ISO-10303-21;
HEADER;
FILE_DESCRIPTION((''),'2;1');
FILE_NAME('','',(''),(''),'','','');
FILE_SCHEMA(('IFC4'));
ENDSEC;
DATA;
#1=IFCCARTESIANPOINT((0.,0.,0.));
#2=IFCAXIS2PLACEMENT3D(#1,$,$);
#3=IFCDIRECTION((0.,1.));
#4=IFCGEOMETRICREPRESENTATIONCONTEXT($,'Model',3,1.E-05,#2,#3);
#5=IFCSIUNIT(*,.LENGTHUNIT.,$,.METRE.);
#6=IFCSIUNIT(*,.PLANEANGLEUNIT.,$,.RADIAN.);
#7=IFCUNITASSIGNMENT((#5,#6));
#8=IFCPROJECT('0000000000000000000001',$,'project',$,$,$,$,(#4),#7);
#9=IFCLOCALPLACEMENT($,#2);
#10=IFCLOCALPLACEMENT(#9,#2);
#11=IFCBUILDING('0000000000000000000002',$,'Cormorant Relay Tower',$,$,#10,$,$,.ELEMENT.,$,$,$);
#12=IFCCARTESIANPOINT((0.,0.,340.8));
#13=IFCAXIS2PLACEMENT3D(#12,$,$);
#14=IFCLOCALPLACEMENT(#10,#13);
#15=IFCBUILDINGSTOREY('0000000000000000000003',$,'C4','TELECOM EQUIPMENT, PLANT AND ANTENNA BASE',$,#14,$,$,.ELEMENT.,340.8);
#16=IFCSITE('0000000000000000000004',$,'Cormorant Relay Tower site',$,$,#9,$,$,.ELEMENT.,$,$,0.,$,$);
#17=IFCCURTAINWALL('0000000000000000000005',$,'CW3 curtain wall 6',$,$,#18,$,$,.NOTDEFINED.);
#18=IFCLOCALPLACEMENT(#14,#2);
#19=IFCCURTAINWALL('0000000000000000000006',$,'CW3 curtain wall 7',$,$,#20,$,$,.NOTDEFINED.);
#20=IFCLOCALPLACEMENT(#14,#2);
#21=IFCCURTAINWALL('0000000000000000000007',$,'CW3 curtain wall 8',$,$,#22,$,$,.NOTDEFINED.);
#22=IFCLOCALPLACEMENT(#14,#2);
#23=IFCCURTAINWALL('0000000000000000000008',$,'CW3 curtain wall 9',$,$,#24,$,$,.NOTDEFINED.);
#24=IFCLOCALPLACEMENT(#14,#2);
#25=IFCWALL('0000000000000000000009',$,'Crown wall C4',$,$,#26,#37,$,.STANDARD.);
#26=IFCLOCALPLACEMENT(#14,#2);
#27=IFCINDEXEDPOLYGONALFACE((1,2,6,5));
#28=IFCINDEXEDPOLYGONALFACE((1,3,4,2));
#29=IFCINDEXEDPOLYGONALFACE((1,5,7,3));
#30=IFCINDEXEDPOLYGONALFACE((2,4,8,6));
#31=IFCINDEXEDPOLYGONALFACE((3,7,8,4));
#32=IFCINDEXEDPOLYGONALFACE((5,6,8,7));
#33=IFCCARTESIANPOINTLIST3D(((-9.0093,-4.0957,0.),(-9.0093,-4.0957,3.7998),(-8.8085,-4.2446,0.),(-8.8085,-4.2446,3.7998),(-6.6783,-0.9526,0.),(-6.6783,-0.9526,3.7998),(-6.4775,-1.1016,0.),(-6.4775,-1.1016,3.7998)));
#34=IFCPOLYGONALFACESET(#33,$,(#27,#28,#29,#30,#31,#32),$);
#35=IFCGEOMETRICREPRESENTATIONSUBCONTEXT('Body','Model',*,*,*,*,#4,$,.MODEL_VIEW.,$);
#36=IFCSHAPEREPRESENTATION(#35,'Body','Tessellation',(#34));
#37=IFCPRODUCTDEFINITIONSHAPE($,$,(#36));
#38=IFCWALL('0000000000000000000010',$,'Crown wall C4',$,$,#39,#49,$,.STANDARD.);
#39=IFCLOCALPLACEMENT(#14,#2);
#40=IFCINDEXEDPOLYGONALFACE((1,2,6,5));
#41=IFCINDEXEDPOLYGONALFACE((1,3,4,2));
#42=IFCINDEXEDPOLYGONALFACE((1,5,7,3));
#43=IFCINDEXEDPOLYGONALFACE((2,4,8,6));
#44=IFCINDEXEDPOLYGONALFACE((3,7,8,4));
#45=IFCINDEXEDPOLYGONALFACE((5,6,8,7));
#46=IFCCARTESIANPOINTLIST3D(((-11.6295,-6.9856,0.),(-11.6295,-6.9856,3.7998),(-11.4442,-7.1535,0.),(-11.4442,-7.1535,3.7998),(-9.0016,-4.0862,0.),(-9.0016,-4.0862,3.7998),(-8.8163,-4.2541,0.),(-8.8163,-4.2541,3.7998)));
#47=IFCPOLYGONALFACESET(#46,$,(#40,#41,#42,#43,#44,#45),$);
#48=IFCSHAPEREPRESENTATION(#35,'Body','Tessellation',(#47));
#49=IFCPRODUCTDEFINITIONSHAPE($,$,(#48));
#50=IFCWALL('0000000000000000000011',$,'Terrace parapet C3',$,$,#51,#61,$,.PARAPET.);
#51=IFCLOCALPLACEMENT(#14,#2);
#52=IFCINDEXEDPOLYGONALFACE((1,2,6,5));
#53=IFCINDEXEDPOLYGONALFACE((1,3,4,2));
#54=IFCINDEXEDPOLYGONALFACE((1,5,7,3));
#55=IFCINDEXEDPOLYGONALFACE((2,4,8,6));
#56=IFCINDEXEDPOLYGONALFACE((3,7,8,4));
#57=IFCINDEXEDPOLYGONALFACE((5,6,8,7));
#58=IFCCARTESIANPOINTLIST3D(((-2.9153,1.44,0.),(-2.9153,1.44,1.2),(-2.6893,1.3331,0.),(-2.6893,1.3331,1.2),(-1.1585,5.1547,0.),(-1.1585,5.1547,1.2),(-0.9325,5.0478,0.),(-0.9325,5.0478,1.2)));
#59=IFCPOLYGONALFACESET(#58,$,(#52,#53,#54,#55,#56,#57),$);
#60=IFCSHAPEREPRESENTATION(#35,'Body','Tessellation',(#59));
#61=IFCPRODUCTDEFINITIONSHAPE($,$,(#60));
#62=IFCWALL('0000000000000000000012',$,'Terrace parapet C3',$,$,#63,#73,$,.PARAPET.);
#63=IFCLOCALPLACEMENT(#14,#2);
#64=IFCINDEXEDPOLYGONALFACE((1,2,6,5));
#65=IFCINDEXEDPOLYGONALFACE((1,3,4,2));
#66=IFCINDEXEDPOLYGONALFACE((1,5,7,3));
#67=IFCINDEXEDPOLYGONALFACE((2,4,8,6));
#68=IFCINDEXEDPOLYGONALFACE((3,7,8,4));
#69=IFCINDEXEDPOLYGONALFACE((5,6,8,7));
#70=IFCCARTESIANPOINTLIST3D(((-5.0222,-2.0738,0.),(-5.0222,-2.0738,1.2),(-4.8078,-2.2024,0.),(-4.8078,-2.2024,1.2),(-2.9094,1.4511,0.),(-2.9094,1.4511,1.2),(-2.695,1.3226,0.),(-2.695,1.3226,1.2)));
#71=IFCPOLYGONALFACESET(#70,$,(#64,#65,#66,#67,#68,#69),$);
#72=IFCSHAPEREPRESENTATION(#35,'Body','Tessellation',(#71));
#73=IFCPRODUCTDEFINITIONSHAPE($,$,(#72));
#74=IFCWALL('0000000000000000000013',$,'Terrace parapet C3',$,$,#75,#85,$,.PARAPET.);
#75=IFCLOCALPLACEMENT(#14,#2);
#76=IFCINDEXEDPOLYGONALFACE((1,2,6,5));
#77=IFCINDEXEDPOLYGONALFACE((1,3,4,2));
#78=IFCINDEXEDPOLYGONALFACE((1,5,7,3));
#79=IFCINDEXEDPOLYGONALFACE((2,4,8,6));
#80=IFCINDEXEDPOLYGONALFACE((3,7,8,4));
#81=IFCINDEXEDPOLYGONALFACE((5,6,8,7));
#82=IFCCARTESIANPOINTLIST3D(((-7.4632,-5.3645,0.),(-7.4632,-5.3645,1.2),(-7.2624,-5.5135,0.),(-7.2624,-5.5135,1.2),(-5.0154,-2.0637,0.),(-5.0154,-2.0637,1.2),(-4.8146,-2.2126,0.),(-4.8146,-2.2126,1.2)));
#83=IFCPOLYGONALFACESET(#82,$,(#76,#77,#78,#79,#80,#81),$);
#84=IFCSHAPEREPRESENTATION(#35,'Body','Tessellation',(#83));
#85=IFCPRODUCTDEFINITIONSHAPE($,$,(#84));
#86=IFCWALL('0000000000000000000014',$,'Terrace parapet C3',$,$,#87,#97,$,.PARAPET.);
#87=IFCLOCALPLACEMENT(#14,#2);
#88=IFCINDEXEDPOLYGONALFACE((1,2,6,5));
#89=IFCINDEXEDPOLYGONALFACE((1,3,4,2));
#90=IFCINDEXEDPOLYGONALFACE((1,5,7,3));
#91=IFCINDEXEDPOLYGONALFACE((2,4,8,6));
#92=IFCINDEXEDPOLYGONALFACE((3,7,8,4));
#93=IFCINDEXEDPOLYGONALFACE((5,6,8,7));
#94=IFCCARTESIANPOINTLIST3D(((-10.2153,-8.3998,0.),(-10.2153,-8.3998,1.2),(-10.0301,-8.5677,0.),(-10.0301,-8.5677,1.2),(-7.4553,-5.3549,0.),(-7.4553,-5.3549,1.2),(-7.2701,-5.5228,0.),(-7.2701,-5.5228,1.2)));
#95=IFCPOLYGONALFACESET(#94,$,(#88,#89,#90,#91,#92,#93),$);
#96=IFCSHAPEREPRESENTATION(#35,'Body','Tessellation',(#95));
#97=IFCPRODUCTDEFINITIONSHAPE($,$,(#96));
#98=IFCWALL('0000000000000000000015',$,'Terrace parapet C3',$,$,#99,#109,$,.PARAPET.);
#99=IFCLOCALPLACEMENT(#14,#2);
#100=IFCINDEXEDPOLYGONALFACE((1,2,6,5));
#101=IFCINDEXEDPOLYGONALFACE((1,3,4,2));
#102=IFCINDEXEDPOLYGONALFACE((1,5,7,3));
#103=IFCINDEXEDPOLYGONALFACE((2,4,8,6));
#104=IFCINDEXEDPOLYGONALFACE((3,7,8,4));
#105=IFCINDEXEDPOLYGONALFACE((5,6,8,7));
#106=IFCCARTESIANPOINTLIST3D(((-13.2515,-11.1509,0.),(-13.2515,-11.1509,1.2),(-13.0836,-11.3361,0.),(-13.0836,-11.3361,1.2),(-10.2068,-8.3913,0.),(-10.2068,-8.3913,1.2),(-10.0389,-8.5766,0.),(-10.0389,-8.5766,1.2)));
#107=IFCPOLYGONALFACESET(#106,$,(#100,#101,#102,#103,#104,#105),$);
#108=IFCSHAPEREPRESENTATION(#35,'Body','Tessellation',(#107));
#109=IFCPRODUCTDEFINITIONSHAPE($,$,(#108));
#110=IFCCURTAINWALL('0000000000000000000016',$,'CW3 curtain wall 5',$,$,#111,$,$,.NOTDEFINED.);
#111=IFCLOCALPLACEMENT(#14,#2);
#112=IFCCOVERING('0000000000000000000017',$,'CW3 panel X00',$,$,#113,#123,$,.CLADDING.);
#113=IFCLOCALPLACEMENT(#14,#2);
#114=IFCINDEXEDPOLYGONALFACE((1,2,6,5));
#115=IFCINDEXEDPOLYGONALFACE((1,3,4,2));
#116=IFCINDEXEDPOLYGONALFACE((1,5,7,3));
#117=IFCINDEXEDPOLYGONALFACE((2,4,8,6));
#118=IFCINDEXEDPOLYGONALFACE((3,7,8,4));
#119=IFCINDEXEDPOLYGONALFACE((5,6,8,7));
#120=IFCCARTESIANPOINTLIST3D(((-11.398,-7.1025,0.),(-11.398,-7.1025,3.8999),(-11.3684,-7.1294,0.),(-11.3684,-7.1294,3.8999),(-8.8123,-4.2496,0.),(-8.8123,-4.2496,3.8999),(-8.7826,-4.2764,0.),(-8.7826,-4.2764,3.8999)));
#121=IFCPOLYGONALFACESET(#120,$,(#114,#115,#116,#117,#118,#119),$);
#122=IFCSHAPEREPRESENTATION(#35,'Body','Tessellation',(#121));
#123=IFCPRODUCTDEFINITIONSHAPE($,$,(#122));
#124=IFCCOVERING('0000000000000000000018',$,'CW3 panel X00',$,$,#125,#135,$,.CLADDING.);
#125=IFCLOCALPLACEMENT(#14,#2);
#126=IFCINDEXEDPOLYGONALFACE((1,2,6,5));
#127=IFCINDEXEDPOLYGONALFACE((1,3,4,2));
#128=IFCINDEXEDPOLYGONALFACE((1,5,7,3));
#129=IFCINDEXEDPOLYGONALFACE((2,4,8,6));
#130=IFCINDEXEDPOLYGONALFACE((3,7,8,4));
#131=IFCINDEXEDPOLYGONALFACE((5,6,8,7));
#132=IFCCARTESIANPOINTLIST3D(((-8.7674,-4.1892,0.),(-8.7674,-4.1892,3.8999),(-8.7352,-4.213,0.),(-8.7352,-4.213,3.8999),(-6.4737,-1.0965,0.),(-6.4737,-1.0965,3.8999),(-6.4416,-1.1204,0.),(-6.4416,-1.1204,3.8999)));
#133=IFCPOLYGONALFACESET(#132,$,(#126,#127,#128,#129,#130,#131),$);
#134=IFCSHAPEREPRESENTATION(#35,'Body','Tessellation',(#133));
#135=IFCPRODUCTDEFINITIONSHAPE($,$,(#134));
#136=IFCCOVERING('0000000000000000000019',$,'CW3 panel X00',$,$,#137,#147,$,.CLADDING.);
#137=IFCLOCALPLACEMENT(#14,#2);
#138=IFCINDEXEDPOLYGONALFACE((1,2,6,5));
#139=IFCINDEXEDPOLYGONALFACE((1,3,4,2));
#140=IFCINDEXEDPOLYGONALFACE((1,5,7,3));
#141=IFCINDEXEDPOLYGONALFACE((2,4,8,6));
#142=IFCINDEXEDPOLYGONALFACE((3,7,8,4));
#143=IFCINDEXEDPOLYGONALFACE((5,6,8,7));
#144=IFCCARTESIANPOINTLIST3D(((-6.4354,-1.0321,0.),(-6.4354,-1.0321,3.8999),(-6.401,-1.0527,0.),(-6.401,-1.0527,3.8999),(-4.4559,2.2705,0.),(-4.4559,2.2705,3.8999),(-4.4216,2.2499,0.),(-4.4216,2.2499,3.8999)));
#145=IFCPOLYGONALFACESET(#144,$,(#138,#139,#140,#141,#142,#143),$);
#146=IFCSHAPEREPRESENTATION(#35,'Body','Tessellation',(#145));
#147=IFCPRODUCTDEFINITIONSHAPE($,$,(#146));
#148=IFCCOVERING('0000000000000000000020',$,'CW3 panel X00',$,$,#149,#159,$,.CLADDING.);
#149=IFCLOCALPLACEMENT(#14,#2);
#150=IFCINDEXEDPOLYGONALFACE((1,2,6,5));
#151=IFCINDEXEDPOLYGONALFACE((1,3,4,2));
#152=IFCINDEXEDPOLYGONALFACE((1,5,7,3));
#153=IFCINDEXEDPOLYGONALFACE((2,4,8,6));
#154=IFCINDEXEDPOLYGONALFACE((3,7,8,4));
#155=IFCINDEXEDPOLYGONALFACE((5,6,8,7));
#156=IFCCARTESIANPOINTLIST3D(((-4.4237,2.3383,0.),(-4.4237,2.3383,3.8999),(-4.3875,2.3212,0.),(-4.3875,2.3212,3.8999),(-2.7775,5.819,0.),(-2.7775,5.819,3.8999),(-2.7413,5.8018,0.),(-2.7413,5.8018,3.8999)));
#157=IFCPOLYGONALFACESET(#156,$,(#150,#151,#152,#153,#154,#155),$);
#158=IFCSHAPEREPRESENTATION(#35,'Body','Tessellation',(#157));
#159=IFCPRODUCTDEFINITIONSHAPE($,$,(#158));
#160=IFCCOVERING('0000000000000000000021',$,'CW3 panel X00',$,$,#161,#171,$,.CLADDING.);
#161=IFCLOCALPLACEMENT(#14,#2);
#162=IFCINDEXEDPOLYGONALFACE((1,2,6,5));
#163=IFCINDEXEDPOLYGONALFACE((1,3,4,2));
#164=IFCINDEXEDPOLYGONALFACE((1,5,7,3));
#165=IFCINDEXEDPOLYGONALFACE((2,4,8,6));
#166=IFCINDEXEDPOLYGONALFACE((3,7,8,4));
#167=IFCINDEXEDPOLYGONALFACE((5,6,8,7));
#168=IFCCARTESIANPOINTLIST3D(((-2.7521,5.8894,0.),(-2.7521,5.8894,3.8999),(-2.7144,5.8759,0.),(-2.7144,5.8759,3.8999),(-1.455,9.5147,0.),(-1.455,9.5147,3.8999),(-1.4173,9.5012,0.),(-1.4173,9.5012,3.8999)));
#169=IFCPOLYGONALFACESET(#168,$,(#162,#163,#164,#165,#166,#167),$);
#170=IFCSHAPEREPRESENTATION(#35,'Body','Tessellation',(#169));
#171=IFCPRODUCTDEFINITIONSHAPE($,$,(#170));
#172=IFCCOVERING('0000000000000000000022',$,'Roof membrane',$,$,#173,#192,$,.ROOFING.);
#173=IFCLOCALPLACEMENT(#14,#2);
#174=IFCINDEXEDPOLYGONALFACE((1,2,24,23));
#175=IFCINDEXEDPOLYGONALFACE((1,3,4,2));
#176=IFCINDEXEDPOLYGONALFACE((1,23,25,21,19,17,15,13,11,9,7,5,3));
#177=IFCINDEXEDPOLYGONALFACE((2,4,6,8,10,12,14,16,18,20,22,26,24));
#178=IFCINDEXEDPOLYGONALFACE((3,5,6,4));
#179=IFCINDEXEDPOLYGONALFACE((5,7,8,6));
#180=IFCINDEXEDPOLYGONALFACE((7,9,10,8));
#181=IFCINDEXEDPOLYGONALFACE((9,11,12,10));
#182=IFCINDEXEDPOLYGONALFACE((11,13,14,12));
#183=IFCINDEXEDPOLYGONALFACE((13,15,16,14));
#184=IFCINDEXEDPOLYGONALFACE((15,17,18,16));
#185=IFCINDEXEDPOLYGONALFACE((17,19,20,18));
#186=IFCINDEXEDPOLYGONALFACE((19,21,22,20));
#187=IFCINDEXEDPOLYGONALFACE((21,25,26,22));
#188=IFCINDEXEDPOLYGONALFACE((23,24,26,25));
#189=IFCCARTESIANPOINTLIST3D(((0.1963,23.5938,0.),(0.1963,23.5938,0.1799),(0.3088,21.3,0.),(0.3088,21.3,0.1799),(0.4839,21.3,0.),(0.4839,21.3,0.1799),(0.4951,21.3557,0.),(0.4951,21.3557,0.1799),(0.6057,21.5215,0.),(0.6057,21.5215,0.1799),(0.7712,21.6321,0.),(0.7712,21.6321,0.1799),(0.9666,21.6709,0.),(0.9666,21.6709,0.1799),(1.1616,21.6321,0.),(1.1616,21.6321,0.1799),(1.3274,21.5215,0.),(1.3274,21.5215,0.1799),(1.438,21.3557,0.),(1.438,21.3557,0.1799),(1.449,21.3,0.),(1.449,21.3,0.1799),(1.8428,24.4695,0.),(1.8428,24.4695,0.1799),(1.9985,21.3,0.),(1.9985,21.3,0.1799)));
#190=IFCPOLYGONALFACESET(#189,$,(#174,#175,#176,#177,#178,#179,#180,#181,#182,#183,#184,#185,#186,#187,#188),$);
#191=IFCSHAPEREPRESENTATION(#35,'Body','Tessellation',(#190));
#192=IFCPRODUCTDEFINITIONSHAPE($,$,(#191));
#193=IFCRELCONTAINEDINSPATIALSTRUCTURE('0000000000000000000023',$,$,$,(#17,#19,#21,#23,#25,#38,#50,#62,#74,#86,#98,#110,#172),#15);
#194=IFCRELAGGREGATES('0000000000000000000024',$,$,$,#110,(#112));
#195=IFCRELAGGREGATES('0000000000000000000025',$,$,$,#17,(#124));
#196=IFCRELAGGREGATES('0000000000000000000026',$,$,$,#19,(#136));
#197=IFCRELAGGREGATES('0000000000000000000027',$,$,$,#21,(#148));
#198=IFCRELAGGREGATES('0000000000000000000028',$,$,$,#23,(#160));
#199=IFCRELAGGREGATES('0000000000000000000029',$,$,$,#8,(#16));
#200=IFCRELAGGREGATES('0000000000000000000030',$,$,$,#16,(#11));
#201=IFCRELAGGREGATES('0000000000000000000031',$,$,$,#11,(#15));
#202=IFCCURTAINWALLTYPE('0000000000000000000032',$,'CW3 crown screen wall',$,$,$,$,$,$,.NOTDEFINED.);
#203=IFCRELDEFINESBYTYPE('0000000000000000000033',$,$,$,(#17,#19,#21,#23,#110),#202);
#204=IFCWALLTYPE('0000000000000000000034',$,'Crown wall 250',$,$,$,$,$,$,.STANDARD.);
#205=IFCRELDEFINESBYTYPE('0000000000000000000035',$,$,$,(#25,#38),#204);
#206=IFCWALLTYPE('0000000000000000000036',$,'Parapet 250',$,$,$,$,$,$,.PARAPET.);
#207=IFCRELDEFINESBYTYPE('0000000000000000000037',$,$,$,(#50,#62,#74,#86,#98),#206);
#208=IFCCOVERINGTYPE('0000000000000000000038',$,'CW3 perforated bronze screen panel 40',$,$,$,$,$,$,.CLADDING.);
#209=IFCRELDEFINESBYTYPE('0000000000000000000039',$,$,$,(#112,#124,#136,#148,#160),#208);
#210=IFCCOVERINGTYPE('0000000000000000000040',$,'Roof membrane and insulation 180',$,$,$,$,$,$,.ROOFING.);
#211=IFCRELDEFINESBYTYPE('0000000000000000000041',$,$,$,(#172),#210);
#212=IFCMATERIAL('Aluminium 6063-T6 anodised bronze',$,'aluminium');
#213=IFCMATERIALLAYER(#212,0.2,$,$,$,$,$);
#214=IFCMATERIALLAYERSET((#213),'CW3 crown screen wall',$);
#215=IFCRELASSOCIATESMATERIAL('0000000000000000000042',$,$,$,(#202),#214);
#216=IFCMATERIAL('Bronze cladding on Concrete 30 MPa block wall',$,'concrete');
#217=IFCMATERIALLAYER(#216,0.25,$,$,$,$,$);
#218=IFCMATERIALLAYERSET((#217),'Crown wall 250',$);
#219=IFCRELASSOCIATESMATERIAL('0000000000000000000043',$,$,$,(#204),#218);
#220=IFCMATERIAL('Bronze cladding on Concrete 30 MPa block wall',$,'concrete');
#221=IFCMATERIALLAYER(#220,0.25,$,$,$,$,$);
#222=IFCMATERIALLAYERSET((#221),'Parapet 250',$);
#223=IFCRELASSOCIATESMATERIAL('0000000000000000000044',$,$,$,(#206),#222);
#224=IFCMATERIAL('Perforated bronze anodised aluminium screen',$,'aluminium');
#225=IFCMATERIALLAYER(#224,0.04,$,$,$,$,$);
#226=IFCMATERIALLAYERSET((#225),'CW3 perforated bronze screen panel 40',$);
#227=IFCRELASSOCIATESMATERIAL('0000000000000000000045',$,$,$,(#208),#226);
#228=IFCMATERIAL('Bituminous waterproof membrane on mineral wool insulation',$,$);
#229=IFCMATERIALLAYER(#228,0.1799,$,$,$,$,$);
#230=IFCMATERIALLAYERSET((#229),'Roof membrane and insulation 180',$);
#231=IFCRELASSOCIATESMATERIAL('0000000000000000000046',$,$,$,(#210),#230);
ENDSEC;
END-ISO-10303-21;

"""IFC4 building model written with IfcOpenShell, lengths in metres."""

from ifc_helpers import new_model, si_unit, direction, frame, frame_2d, origin, origin_2d, place, context, subcontext, project, spatial, polyline, rectangle, outline, extrude, material, layer, layer_set, type_object, element, aggregate, save


model = new_model("IFC4")

# Units and contexts
model_context = context("Model", 3, precision=1e-05, world=origin(), true_north=direction((0.0, 1.0)))
body_context = subcontext(model_context, "Body", "Model", "MODEL_VIEW")
ifc_project = project(units=[si_unit("LENGTHUNIT", "METRE"), si_unit("PLANEANGLEUNIT", "RADIAN")], contexts=[model_context])

# Site, building, storey
site_placement = place(None, origin())
site = spatial("IfcSite", under=ifc_project, at=site_placement, Name="Cormorant Relay Tower site", CompositionType="ELEMENT", RefElevation=0.0)
building_placement = place(site_placement, origin())
building = spatial("IfcBuilding", under=site, at=building_placement, Name="Cormorant Relay Tower", CompositionType="ELEMENT")
storey_placement = place(building_placement, frame((0.0, 0.0, 340.8)))
storey = spatial("IfcBuildingStorey", under=building, at=storey_placement, Name="C4", Description="TELECOM EQUIPMENT, PLANT AND ANTENNA BASE", CompositionType="ELEMENT", Elevation=340.8)

# Curtain walls
ifc_material_1 = material(Name="Aluminium 6063-T6 anodised bronze", Category="aluminium")
ifc_layer_1 = layer(ifc_material_1, 0.2)
ifc_layer_set_1 = layer_set([ifc_layer_1], Name="CW3 crown screen wall")
curtain_wall_type = type_object("IfcCurtainWallType", Name="CW3 crown screen wall", PredefinedType="NOTDEFINED", material=ifc_layer_set_1)
curtain_wall_1_placement = place(storey_placement, origin())
curtain_wall_1 = element("IfcCurtainWall", 1, at=curtain_wall_1_placement, inside=storey, type_object=curtain_wall_type, Name="CW3 curtain wall 6", PredefinedType="NOTDEFINED")
curtain_wall_2_placement = place(storey_placement, origin())
curtain_wall_2 = element("IfcCurtainWall", 2, at=curtain_wall_2_placement, inside=storey, type_object=curtain_wall_type, Name="CW3 curtain wall 7", PredefinedType="NOTDEFINED")
curtain_wall_3_placement = place(storey_placement, origin())
curtain_wall_3 = element("IfcCurtainWall", 3, at=curtain_wall_3_placement, inside=storey, type_object=curtain_wall_type, Name="CW3 curtain wall 8", PredefinedType="NOTDEFINED")
curtain_wall_4_placement = place(storey_placement, origin())
curtain_wall_4 = element("IfcCurtainWall", 4, at=curtain_wall_4_placement, inside=storey, type_object=curtain_wall_type, Name="CW3 curtain wall 9", PredefinedType="NOTDEFINED")

# Walls
ifc_material_2 = material(Name="Bronze cladding on Concrete 30 MPa block wall", Category="concrete")
ifc_layer_2 = layer(ifc_material_2, 0.25)
ifc_layer_set_2 = layer_set([ifc_layer_2], Name="Crown wall 250")
wall_type_1 = type_object("IfcWallType", Name="Crown wall 250", PredefinedType="STANDARD", material=ifc_layer_set_2)
for number, where, z_axis, x_axis, name in (
    (5, (-6.5779, -1.0271, 0.0), (0.0, 0.0, 1.0), (-0.595699, -0.803208, 0.0), "Crown wall C4"),
    (6, (-8.9089, -4.1702, 0.0), (0.0, 0.0, 1.0), (-0.671567, -0.740944, 0.0), "Crown wall C4"),
):
    element("IfcWall", number, at=place(storey_placement, frame(where, z_axis=z_axis, x_axis=x_axis)), inside=storey, type_object=wall_type_1, Name=name, PredefinedType="STANDARD", context=body_context, shape_type="SweptSolid", body=[
        extrude(rectangle(XDim=3.9131, YDim=0.25, at=frame_2d((1.9565, 0.0))), origin(), (0.0, 0.0, 1.0), 3.7998),
    ])
ifc_material_3 = material(Name="Bronze cladding on Concrete 30 MPa block wall", Category="concrete")
ifc_layer_3 = layer(ifc_material_3, 0.25)
ifc_layer_set_3 = layer_set([ifc_layer_3], Name="Parapet 250")
wall_type_2 = type_object("IfcWallType", Name="Parapet 250", PredefinedType="PARAPET", material=ifc_layer_set_3)
wall_1_placement = place(storey_placement, frame((-1.0454, 5.1013, 0.0), z_axis=(0.0, 0.0, 1.0), x_axis=(-0.427547, -0.903993, 0.0)))
element("IfcWall", 7, at=wall_1_placement, inside=storey, type_object=wall_type_2, Name="Terrace parapet C3", PredefinedType="PARAPET", context=body_context, shape_type="SweptSolid", body=[
    extrude(rectangle(XDim=4.1091, YDim=0.25, at=frame_2d((2.0547, 0.0))), origin(), (0.0, 0.0, 1.0), 1.2),
])
wall_2_placement = place(storey_placement, frame((-2.8022, 1.3867, 0.0), z_axis=(0.0, 0.0, 1.0), x_axis=(-0.514111, -0.857723, 0.0)))
element("IfcWall", 8, at=wall_2_placement, inside=storey, type_object=wall_type_2, Name="Terrace parapet C3", PredefinedType="PARAPET", context=body_context, shape_type="SweptSolid", body=[
    extrude(rectangle(XDim=4.1096, YDim=0.25, at=frame_2d((2.0547, 0.0))), origin(), (0.0, 0.0, 1.0), 1.2),
])
wall_3_placement = place(storey_placement, frame((-4.915, -2.1382, 0.0), z_axis=(0.0, 0.0, 1.0), x_axis=(-0.595657, -0.803239, 0.0)))
element("IfcWall", 9, at=wall_3_placement, inside=storey, type_object=wall_type_2, Name="Terrace parapet C3", PredefinedType="PARAPET", context=body_context, shape_type="SweptSolid", body=[
    extrude(rectangle(XDim=4.1094, YDim=0.25, at=frame_2d((2.0547, 0.0))), origin(), (0.0, 0.0, 1.0), 1.2),
])
wall_4_placement = place(storey_placement, frame((-7.3628, -5.439, 0.0), z_axis=(0.0, 0.0, 1.0), x_axis=(-0.671593, -0.74092, 0.0)))
element("IfcWall", 10, at=wall_4_placement, inside=storey, type_object=wall_type_2, Name="Terrace parapet C3", PredefinedType="PARAPET", context=body_context, shape_type="SweptSolid", body=[
    extrude(rectangle(XDim=4.1096, YDim=0.25, at=frame_2d((2.0547, 0.0))), origin(), (0.0, 0.0, 1.0), 1.2),
])
wall_5_placement = place(storey_placement, frame((-10.1228, -8.4839, 0.0), z_axis=(0.0, 0.0, 1.0), x_axis=(-0.740953, -0.671557, 0.0)))
element("IfcWall", 11, at=wall_5_placement, inside=storey, type_object=wall_type_2, Name="Terrace parapet C3", PredefinedType="PARAPET", context=body_context, shape_type="SweptSolid", body=[
    extrude(rectangle(XDim=4.1091, YDim=0.25, at=frame_2d((2.0547, 0.0))), origin(), (0.0, 0.0, 1.0), 1.2),
])

# Curtain wall, covering
curtain_wall_5_placement = place(storey_placement, origin())
curtain_wall_5 = element("IfcCurtainWall", 12, at=curtain_wall_5_placement, inside=storey, type_object=curtain_wall_type, Name="CW3 curtain wall 5", PredefinedType="NOTDEFINED")
ifc_material_4 = material(Name="Perforated bronze anodised aluminium screen", Category="aluminium")
ifc_layer_4 = layer(ifc_material_4, 0.04)
ifc_layer_set_4 = layer_set([ifc_layer_4], Name="CW3 perforated bronze screen panel 40")
covering_type_1 = type_object("IfcCoveringType", Name="CW3 perforated bronze screen panel 40", PredefinedType="CLADDING", material=ifc_layer_set_4)
covering_1_placement = place(storey_placement, frame((-10.0903, -5.6895, 0.0), z_axis=(0.0, 0.0, 1.0), x_axis=(0.671559, 0.740951, 0.0)))
covering_1 = element("IfcCovering", 13, at=covering_1_placement, type_object=covering_type_1, Name="CW3 panel X00", PredefinedType="CLADDING", context=body_context, shape_type="SweptSolid", body=[
    extrude(rectangle(XDim=3.8503, YDim=0.04, at=origin_2d()), origin(), (0.0, 0.0, 1.0), 3.8999),
])
aggregate(curtain_wall_5, [covering_1])

# Coverings
covering_2_placement = place(storey_placement, frame((-7.6045, -2.6548, 0.0), z_axis=(0.0, 0.0, 1.0), x_axis=(0.595699, 0.803208, 0.0)))
covering_2 = element("IfcCovering", 14, at=covering_2_placement, type_object=covering_type_1, Name="CW3 panel X00", PredefinedType="CLADDING", context=body_context, shape_type="SweptSolid", body=[
    extrude(rectangle(XDim=3.8503, YDim=0.04, at=origin_2d()), origin(), (0.0, 0.0, 1.0), 3.8999),
])
aggregate(curtain_wall_1, [covering_2])
covering_3_placement = place(storey_placement, frame((-5.4285, 0.6089, 0.0), z_axis=(0.0, 0.0, 1.0), x_axis=(0.514103, 0.857729, 0.0)))
covering_3 = element("IfcCovering", 15, at=covering_3_placement, type_object=covering_type_1, Name="CW3 panel X00", PredefinedType="CLADDING", context=body_context, shape_type="SweptSolid", body=[
    extrude(rectangle(XDim=3.8503, YDim=0.04, at=origin_2d()), origin(), (0.0, 0.0, 1.0), 3.8999),
])
aggregate(curtain_wall_2, [covering_3])
covering_4_placement = place(storey_placement, frame((-3.5825, 4.0701, 0.0), z_axis=(0.0, 0.0, 1.0), x_axis=(0.427555, 0.903989, 0.0)))
covering_4 = element("IfcCovering", 16, at=covering_4_placement, type_object=covering_type_1, Name="CW3 panel X00", PredefinedType="CLADDING", context=body_context, shape_type="SweptSolid", body=[
    extrude(rectangle(XDim=3.8503, YDim=0.04, at=origin_2d()), origin(), (0.0, 0.0, 1.0), 3.8999),
])
aggregate(curtain_wall_3, [covering_4])
covering_5_placement = place(storey_placement, frame((-2.0847, 7.6953, 0.0), z_axis=(0.0, 0.0, 1.0), x_axis=(0.33689, 0.941544, 0.0)))
covering_5 = element("IfcCovering", 17, at=covering_5_placement, type_object=covering_type_1, Name="CW3 panel X00", PredefinedType="CLADDING", context=body_context, shape_type="SweptSolid", body=[
    extrude(rectangle(XDim=3.8503, YDim=0.04, at=origin_2d()), origin(), (0.0, 0.0, 1.0), 3.8999),
])
aggregate(curtain_wall_4, [covering_5])

# Covering
ifc_material_5 = material(Name="Bituminous waterproof membrane on mineral wool insulation")
ifc_layer_5 = layer(ifc_material_5, 0.1799)
ifc_layer_set_5 = layer_set([ifc_layer_5], Name="Roof membrane and insulation 180")
covering_type_2 = type_object("IfcCoveringType", Name="Roof membrane and insulation 180", PredefinedType="ROOFING", material=ifc_layer_set_5)
covering_6_placement = place(storey_placement, origin())
element("IfcCovering", 18, at=covering_6_placement, inside=storey, type_object=covering_type_2, Name="Roof membrane", PredefinedType="ROOFING", context=body_context, shape_type="SweptSolid", body=[
    extrude(outline(polyline([(0.3088, 21.3), (0.1963, 23.5938), (1.8428, 24.4695), (1.9985, 21.3), (1.449, 21.3), (1.438, 21.3557), (1.3274, 21.5215), (1.1616, 21.6321), (0.9666, 21.6709), (0.7712, 21.6321), (0.6057, 21.5215), (0.4951, 21.3557), (0.4839, 21.3), (0.3088, 21.3)])), origin(), (0.0, 0.0, 1.0), 0.1799),
])

save(model, "model.ifc")
